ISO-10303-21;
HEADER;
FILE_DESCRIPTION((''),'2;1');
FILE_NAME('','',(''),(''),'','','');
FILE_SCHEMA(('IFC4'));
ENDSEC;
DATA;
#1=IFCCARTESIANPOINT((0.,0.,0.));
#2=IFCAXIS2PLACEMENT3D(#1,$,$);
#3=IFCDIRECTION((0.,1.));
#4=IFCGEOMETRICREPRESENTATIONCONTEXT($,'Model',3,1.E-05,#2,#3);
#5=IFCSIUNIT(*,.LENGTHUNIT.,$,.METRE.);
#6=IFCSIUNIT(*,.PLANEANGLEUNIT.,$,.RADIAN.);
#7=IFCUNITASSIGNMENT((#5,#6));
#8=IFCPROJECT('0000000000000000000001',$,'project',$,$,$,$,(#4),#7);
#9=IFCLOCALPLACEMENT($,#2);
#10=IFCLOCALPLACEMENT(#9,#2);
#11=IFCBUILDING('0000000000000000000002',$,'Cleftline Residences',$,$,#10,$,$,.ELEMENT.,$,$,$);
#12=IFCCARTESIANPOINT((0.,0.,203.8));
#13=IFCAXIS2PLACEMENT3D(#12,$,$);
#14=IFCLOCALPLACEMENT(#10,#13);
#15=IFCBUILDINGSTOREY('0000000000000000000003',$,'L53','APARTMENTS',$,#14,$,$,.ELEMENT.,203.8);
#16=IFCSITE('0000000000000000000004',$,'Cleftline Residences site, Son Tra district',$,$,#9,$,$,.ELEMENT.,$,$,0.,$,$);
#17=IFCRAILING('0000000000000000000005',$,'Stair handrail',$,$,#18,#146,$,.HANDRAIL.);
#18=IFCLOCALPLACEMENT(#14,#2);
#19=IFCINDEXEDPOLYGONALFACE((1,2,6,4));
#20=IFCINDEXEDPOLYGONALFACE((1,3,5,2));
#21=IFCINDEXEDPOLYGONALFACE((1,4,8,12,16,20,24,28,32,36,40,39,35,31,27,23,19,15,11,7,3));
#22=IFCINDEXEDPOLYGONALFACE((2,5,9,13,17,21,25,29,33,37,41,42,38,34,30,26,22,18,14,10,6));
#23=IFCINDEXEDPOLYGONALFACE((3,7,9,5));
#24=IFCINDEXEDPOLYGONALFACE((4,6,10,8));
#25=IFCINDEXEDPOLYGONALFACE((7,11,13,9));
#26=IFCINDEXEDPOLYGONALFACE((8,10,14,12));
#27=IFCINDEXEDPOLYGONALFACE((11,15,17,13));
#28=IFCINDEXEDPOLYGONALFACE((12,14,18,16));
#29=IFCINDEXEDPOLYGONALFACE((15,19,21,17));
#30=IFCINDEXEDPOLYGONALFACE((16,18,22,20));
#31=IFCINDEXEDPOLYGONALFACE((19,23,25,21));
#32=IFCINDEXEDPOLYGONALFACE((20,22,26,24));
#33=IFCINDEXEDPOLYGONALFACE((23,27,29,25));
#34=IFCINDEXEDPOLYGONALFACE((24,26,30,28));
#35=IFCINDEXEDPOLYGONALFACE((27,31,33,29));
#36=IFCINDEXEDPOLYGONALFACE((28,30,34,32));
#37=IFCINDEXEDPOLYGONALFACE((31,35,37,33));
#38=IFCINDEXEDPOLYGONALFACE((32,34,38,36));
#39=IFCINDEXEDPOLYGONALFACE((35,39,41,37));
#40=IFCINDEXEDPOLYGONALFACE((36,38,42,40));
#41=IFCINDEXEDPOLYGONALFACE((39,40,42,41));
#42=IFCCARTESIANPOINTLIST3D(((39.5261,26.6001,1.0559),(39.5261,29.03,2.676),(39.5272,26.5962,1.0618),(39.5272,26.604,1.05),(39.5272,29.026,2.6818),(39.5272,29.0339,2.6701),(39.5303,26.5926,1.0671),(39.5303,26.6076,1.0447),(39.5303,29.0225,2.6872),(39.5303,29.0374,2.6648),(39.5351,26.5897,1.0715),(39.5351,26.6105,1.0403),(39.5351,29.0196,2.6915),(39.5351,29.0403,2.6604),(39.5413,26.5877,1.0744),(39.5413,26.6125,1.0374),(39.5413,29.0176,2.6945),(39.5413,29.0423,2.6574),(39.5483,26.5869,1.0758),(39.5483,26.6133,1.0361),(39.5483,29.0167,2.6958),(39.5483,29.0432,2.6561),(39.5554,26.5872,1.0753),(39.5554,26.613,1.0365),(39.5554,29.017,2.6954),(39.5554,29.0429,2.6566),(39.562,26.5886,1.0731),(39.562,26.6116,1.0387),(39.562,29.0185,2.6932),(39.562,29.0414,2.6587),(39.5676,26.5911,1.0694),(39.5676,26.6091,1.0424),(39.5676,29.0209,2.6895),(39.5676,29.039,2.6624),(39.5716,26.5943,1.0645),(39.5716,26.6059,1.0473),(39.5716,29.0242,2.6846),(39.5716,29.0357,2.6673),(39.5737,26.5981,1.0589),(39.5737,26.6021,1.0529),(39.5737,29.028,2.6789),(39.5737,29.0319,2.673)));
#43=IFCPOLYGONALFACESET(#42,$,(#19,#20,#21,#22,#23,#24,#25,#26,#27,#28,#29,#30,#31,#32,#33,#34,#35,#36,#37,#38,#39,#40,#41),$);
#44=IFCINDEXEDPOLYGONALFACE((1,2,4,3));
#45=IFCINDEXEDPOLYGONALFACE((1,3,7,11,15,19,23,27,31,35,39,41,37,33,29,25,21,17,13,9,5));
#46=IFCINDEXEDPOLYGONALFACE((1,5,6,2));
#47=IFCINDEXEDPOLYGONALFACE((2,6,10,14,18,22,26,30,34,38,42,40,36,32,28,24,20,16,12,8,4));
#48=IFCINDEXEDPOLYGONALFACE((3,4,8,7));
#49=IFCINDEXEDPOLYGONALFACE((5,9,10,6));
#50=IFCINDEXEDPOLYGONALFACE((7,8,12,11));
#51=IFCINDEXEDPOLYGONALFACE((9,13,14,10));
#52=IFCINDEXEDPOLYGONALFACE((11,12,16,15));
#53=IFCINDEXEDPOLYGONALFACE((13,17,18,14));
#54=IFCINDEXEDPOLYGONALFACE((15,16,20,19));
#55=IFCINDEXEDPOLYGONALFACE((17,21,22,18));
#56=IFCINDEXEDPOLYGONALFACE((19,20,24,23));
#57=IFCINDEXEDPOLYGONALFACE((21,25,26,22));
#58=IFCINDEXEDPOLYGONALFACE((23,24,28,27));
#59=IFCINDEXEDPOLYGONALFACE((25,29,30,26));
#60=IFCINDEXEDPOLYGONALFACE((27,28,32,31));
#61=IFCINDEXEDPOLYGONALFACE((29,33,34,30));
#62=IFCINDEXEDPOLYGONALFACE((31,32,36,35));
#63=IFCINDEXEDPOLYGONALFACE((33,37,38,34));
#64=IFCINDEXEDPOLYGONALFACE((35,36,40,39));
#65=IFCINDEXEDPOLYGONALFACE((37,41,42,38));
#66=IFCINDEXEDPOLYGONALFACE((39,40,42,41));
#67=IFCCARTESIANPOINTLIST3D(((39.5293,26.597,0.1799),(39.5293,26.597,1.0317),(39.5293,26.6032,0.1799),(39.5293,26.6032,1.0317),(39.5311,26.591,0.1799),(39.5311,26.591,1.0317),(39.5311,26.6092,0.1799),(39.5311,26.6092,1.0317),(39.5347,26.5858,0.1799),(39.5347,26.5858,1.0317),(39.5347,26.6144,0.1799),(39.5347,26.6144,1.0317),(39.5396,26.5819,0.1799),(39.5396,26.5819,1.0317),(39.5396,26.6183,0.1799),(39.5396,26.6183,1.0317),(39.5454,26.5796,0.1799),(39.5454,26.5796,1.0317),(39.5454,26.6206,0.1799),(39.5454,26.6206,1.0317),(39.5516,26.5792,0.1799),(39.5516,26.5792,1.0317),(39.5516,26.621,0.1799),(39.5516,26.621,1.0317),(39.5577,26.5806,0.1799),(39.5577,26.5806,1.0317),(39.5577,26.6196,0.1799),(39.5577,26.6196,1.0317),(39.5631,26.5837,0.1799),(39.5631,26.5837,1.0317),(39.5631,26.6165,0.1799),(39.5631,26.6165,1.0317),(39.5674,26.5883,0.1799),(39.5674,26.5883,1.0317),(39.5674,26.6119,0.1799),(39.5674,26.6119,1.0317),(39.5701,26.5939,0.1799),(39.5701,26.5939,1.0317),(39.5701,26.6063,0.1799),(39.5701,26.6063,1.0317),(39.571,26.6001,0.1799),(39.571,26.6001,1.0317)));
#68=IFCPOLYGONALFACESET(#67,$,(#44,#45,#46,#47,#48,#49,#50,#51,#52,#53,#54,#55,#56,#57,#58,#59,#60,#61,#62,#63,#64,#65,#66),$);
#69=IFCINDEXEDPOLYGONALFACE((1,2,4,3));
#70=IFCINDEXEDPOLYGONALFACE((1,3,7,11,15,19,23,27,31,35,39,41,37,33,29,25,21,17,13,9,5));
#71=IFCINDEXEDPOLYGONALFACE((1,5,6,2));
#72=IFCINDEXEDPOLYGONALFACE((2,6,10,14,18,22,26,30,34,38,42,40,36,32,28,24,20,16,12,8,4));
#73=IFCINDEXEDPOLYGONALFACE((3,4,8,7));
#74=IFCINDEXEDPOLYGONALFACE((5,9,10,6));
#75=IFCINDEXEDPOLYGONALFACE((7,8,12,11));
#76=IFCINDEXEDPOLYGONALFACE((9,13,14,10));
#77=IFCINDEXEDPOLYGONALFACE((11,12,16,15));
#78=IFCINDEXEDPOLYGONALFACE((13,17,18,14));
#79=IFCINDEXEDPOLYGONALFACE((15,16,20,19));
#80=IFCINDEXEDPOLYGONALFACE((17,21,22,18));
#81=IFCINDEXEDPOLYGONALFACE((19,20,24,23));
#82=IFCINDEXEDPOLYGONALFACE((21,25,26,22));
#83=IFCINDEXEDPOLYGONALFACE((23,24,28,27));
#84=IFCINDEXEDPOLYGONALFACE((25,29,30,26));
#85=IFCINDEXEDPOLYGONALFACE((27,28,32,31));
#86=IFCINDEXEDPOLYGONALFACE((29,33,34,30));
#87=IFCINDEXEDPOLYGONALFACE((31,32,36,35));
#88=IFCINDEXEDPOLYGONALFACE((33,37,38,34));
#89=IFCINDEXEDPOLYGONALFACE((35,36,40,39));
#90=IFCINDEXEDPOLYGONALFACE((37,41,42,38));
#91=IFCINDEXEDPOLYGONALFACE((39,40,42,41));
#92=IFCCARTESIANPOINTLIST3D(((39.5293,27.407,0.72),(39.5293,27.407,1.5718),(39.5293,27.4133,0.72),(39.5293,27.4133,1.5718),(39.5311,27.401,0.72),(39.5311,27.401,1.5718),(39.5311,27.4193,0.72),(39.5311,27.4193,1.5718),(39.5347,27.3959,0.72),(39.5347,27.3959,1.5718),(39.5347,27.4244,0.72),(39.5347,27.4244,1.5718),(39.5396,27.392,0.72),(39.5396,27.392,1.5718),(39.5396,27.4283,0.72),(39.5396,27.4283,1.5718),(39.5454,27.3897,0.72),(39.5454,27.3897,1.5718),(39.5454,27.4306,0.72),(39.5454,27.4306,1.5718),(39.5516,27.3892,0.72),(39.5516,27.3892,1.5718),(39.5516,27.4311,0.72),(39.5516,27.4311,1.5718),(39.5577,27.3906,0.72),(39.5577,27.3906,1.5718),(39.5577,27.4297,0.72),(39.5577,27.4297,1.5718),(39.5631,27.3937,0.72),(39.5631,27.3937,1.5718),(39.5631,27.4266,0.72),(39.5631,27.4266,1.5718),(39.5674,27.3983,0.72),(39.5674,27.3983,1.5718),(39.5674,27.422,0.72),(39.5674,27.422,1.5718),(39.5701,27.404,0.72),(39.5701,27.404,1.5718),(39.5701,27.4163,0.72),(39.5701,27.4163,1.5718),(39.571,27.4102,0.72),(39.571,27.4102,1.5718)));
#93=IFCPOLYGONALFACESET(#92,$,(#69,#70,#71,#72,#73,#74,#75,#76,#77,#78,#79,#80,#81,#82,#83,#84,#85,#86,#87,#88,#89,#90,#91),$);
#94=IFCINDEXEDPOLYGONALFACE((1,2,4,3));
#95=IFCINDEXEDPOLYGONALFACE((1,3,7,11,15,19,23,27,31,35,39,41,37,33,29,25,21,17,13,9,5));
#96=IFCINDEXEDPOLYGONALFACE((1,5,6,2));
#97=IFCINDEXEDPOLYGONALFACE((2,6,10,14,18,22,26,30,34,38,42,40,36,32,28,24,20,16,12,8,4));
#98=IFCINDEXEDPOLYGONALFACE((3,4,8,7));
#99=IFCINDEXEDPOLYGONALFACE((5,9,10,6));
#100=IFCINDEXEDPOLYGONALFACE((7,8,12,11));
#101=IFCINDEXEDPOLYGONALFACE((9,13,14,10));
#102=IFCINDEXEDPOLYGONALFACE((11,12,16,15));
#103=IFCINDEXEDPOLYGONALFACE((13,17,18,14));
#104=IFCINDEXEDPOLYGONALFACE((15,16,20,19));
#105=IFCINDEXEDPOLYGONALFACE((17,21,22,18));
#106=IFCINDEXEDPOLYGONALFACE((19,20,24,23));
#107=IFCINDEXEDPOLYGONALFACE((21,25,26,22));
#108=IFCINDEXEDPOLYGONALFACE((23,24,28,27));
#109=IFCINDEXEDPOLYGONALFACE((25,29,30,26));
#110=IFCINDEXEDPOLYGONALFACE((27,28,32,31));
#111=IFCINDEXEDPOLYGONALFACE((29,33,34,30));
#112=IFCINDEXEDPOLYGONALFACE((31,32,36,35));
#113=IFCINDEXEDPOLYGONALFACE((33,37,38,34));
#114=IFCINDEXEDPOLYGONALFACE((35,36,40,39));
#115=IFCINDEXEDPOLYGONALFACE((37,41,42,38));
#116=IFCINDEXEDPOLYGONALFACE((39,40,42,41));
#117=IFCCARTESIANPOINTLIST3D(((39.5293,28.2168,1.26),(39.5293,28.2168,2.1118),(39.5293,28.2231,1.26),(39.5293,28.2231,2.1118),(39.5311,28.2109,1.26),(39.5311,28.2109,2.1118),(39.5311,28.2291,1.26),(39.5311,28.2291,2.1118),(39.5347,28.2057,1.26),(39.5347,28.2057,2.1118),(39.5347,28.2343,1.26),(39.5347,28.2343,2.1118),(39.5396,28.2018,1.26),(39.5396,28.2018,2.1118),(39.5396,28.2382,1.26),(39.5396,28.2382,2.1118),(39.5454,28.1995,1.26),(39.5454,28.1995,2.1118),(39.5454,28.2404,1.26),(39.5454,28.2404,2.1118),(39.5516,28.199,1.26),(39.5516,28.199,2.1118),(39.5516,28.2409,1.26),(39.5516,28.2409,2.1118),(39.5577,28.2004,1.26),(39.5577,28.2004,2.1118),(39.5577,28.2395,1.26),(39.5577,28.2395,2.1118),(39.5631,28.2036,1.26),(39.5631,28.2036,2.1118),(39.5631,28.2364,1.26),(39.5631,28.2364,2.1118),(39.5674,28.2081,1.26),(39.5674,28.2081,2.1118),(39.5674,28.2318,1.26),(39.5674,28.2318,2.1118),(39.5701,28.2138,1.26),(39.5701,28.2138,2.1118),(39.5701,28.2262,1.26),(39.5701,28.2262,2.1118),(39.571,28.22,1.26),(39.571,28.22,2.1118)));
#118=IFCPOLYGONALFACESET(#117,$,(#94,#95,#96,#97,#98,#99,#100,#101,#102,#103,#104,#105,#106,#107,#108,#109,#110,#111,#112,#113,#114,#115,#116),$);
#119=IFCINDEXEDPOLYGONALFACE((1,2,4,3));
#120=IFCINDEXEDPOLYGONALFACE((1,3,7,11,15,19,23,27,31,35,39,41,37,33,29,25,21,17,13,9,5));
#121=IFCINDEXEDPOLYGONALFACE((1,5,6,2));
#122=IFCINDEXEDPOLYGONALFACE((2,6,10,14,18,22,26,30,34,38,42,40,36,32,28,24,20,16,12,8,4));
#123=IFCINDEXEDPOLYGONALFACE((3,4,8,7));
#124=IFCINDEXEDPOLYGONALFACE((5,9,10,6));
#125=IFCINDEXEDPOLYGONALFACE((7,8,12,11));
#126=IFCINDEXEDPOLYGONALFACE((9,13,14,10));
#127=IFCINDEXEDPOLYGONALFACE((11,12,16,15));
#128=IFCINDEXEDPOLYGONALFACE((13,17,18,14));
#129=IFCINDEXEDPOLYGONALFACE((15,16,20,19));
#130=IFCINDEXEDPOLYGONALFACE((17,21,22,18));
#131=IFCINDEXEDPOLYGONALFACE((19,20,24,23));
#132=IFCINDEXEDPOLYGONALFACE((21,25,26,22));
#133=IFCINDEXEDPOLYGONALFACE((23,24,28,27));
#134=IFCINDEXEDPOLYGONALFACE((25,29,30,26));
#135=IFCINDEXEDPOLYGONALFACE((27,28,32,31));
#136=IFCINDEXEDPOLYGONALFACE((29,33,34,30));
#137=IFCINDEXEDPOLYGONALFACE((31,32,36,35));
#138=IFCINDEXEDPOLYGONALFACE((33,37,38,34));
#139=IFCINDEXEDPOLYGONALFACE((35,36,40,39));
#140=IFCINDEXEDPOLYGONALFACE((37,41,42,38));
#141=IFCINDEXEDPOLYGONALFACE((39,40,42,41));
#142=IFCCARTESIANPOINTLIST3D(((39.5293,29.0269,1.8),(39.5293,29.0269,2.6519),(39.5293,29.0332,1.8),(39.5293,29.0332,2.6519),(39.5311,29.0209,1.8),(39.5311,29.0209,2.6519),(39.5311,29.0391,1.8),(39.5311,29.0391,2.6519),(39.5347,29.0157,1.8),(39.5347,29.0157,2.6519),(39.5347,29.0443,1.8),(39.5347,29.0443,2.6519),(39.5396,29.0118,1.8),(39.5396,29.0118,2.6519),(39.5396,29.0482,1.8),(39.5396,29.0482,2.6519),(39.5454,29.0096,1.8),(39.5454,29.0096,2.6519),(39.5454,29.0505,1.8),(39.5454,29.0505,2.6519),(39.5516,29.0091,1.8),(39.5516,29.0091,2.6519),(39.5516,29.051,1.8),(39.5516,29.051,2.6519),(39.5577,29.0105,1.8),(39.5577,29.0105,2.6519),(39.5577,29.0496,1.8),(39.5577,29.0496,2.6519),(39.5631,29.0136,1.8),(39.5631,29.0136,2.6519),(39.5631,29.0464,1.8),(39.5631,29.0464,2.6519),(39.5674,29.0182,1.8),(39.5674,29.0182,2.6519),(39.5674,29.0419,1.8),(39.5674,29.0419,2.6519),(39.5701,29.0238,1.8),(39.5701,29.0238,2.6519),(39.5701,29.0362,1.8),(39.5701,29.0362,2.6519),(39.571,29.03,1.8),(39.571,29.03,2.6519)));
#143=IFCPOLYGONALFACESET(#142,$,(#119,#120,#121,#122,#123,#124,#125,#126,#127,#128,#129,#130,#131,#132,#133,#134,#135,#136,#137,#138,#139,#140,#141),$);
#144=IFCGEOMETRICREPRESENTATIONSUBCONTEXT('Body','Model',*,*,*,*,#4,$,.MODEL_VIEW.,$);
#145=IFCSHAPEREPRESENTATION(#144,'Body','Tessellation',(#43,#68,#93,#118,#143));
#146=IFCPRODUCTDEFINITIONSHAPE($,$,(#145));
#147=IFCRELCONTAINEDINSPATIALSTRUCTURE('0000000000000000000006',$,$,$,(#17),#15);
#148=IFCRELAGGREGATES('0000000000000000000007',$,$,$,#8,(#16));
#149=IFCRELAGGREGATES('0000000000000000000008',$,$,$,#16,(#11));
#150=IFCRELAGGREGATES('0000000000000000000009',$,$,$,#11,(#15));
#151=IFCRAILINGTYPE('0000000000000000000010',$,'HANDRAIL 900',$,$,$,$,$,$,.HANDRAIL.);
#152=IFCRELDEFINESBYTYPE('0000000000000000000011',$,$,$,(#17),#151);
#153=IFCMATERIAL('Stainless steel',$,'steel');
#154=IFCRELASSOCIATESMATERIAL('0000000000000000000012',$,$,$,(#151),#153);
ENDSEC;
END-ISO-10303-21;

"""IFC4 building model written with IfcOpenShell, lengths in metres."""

from ifc_helpers import new_model, si_unit, direction, frame, origin, origin_2d, place, context, subcontext, project, spatial, circle, extrude, material, type_object, element, save


model = new_model("IFC4")

# Units and contexts
model_context = context("Model", 3, precision=1e-05, world=origin(), true_north=direction((0.0, 1.0)))
body_context = subcontext(model_context, "Body", "Model", "MODEL_VIEW")
ifc_project = project(units=[si_unit("LENGTHUNIT", "METRE"), si_unit("PLANEANGLEUNIT", "RADIAN")], contexts=[model_context])

# Site, building, storey
site_placement = place(None, origin())
site = spatial("IfcSite", under=ifc_project, at=site_placement, Name="Cleftline Residences site, Son Tra district", CompositionType="ELEMENT", RefElevation=0.0)
building_placement = place(site_placement, origin())
building = spatial("IfcBuilding", under=site, at=building_placement, Name="Cleftline Residences", CompositionType="ELEMENT")
storey_placement = place(building_placement, frame((0.0, 0.0, 203.8)))
storey = spatial("IfcBuildingStorey", under=building, at=storey_placement, Name="L53", Description="APARTMENTS", CompositionType="ELEMENT", Elevation=203.8)

# Railing
ifc_material_1 = material(Name="Stainless steel", Category="steel")
railing_type = type_object("IfcRailingType", Name="HANDRAIL 900", PredefinedType="HANDRAIL", material=ifc_material_1)
railing_1_placement = place(storey_placement, frame((39.55, 26.6001, 0.1799)))
element("IfcRailing", 1, at=railing_1_placement, inside=storey, type_object=railing_type, Name="Stair handrail", PredefinedType="HANDRAIL", context=body_context, shape_type="SweptSolid", body=[
    extrude(circle(Radius=0.0239, at=origin_2d()), frame((0.0, 0.0, 0.876), z_axis=(0.0, 0.832025, 0.554739), x_axis=(-1.0, 0.0, 0.0)), (0.0, 0.0, 1.0), 2.9204),
    extrude(circle(Radius=0.021, at=origin_2d()), origin(), (0.0, 0.0, 1.0), 0.8518),
    extrude(circle(Radius=0.021, at=origin_2d()), frame((0.0, 0.8101, 0.54)), (0.0, 0.0, 1.0), 0.8518),
    extrude(circle(Radius=0.021, at=origin_2d()), frame((0.0, 1.6199, 1.0801)), (0.0, 0.0, 1.0), 0.8518),
    extrude(circle(Radius=0.021, at=origin_2d()), frame((0.0, 2.4299, 1.6201)), (0.0, 0.0, 1.0), 0.8518),
])

save(model, "model.ifc")
